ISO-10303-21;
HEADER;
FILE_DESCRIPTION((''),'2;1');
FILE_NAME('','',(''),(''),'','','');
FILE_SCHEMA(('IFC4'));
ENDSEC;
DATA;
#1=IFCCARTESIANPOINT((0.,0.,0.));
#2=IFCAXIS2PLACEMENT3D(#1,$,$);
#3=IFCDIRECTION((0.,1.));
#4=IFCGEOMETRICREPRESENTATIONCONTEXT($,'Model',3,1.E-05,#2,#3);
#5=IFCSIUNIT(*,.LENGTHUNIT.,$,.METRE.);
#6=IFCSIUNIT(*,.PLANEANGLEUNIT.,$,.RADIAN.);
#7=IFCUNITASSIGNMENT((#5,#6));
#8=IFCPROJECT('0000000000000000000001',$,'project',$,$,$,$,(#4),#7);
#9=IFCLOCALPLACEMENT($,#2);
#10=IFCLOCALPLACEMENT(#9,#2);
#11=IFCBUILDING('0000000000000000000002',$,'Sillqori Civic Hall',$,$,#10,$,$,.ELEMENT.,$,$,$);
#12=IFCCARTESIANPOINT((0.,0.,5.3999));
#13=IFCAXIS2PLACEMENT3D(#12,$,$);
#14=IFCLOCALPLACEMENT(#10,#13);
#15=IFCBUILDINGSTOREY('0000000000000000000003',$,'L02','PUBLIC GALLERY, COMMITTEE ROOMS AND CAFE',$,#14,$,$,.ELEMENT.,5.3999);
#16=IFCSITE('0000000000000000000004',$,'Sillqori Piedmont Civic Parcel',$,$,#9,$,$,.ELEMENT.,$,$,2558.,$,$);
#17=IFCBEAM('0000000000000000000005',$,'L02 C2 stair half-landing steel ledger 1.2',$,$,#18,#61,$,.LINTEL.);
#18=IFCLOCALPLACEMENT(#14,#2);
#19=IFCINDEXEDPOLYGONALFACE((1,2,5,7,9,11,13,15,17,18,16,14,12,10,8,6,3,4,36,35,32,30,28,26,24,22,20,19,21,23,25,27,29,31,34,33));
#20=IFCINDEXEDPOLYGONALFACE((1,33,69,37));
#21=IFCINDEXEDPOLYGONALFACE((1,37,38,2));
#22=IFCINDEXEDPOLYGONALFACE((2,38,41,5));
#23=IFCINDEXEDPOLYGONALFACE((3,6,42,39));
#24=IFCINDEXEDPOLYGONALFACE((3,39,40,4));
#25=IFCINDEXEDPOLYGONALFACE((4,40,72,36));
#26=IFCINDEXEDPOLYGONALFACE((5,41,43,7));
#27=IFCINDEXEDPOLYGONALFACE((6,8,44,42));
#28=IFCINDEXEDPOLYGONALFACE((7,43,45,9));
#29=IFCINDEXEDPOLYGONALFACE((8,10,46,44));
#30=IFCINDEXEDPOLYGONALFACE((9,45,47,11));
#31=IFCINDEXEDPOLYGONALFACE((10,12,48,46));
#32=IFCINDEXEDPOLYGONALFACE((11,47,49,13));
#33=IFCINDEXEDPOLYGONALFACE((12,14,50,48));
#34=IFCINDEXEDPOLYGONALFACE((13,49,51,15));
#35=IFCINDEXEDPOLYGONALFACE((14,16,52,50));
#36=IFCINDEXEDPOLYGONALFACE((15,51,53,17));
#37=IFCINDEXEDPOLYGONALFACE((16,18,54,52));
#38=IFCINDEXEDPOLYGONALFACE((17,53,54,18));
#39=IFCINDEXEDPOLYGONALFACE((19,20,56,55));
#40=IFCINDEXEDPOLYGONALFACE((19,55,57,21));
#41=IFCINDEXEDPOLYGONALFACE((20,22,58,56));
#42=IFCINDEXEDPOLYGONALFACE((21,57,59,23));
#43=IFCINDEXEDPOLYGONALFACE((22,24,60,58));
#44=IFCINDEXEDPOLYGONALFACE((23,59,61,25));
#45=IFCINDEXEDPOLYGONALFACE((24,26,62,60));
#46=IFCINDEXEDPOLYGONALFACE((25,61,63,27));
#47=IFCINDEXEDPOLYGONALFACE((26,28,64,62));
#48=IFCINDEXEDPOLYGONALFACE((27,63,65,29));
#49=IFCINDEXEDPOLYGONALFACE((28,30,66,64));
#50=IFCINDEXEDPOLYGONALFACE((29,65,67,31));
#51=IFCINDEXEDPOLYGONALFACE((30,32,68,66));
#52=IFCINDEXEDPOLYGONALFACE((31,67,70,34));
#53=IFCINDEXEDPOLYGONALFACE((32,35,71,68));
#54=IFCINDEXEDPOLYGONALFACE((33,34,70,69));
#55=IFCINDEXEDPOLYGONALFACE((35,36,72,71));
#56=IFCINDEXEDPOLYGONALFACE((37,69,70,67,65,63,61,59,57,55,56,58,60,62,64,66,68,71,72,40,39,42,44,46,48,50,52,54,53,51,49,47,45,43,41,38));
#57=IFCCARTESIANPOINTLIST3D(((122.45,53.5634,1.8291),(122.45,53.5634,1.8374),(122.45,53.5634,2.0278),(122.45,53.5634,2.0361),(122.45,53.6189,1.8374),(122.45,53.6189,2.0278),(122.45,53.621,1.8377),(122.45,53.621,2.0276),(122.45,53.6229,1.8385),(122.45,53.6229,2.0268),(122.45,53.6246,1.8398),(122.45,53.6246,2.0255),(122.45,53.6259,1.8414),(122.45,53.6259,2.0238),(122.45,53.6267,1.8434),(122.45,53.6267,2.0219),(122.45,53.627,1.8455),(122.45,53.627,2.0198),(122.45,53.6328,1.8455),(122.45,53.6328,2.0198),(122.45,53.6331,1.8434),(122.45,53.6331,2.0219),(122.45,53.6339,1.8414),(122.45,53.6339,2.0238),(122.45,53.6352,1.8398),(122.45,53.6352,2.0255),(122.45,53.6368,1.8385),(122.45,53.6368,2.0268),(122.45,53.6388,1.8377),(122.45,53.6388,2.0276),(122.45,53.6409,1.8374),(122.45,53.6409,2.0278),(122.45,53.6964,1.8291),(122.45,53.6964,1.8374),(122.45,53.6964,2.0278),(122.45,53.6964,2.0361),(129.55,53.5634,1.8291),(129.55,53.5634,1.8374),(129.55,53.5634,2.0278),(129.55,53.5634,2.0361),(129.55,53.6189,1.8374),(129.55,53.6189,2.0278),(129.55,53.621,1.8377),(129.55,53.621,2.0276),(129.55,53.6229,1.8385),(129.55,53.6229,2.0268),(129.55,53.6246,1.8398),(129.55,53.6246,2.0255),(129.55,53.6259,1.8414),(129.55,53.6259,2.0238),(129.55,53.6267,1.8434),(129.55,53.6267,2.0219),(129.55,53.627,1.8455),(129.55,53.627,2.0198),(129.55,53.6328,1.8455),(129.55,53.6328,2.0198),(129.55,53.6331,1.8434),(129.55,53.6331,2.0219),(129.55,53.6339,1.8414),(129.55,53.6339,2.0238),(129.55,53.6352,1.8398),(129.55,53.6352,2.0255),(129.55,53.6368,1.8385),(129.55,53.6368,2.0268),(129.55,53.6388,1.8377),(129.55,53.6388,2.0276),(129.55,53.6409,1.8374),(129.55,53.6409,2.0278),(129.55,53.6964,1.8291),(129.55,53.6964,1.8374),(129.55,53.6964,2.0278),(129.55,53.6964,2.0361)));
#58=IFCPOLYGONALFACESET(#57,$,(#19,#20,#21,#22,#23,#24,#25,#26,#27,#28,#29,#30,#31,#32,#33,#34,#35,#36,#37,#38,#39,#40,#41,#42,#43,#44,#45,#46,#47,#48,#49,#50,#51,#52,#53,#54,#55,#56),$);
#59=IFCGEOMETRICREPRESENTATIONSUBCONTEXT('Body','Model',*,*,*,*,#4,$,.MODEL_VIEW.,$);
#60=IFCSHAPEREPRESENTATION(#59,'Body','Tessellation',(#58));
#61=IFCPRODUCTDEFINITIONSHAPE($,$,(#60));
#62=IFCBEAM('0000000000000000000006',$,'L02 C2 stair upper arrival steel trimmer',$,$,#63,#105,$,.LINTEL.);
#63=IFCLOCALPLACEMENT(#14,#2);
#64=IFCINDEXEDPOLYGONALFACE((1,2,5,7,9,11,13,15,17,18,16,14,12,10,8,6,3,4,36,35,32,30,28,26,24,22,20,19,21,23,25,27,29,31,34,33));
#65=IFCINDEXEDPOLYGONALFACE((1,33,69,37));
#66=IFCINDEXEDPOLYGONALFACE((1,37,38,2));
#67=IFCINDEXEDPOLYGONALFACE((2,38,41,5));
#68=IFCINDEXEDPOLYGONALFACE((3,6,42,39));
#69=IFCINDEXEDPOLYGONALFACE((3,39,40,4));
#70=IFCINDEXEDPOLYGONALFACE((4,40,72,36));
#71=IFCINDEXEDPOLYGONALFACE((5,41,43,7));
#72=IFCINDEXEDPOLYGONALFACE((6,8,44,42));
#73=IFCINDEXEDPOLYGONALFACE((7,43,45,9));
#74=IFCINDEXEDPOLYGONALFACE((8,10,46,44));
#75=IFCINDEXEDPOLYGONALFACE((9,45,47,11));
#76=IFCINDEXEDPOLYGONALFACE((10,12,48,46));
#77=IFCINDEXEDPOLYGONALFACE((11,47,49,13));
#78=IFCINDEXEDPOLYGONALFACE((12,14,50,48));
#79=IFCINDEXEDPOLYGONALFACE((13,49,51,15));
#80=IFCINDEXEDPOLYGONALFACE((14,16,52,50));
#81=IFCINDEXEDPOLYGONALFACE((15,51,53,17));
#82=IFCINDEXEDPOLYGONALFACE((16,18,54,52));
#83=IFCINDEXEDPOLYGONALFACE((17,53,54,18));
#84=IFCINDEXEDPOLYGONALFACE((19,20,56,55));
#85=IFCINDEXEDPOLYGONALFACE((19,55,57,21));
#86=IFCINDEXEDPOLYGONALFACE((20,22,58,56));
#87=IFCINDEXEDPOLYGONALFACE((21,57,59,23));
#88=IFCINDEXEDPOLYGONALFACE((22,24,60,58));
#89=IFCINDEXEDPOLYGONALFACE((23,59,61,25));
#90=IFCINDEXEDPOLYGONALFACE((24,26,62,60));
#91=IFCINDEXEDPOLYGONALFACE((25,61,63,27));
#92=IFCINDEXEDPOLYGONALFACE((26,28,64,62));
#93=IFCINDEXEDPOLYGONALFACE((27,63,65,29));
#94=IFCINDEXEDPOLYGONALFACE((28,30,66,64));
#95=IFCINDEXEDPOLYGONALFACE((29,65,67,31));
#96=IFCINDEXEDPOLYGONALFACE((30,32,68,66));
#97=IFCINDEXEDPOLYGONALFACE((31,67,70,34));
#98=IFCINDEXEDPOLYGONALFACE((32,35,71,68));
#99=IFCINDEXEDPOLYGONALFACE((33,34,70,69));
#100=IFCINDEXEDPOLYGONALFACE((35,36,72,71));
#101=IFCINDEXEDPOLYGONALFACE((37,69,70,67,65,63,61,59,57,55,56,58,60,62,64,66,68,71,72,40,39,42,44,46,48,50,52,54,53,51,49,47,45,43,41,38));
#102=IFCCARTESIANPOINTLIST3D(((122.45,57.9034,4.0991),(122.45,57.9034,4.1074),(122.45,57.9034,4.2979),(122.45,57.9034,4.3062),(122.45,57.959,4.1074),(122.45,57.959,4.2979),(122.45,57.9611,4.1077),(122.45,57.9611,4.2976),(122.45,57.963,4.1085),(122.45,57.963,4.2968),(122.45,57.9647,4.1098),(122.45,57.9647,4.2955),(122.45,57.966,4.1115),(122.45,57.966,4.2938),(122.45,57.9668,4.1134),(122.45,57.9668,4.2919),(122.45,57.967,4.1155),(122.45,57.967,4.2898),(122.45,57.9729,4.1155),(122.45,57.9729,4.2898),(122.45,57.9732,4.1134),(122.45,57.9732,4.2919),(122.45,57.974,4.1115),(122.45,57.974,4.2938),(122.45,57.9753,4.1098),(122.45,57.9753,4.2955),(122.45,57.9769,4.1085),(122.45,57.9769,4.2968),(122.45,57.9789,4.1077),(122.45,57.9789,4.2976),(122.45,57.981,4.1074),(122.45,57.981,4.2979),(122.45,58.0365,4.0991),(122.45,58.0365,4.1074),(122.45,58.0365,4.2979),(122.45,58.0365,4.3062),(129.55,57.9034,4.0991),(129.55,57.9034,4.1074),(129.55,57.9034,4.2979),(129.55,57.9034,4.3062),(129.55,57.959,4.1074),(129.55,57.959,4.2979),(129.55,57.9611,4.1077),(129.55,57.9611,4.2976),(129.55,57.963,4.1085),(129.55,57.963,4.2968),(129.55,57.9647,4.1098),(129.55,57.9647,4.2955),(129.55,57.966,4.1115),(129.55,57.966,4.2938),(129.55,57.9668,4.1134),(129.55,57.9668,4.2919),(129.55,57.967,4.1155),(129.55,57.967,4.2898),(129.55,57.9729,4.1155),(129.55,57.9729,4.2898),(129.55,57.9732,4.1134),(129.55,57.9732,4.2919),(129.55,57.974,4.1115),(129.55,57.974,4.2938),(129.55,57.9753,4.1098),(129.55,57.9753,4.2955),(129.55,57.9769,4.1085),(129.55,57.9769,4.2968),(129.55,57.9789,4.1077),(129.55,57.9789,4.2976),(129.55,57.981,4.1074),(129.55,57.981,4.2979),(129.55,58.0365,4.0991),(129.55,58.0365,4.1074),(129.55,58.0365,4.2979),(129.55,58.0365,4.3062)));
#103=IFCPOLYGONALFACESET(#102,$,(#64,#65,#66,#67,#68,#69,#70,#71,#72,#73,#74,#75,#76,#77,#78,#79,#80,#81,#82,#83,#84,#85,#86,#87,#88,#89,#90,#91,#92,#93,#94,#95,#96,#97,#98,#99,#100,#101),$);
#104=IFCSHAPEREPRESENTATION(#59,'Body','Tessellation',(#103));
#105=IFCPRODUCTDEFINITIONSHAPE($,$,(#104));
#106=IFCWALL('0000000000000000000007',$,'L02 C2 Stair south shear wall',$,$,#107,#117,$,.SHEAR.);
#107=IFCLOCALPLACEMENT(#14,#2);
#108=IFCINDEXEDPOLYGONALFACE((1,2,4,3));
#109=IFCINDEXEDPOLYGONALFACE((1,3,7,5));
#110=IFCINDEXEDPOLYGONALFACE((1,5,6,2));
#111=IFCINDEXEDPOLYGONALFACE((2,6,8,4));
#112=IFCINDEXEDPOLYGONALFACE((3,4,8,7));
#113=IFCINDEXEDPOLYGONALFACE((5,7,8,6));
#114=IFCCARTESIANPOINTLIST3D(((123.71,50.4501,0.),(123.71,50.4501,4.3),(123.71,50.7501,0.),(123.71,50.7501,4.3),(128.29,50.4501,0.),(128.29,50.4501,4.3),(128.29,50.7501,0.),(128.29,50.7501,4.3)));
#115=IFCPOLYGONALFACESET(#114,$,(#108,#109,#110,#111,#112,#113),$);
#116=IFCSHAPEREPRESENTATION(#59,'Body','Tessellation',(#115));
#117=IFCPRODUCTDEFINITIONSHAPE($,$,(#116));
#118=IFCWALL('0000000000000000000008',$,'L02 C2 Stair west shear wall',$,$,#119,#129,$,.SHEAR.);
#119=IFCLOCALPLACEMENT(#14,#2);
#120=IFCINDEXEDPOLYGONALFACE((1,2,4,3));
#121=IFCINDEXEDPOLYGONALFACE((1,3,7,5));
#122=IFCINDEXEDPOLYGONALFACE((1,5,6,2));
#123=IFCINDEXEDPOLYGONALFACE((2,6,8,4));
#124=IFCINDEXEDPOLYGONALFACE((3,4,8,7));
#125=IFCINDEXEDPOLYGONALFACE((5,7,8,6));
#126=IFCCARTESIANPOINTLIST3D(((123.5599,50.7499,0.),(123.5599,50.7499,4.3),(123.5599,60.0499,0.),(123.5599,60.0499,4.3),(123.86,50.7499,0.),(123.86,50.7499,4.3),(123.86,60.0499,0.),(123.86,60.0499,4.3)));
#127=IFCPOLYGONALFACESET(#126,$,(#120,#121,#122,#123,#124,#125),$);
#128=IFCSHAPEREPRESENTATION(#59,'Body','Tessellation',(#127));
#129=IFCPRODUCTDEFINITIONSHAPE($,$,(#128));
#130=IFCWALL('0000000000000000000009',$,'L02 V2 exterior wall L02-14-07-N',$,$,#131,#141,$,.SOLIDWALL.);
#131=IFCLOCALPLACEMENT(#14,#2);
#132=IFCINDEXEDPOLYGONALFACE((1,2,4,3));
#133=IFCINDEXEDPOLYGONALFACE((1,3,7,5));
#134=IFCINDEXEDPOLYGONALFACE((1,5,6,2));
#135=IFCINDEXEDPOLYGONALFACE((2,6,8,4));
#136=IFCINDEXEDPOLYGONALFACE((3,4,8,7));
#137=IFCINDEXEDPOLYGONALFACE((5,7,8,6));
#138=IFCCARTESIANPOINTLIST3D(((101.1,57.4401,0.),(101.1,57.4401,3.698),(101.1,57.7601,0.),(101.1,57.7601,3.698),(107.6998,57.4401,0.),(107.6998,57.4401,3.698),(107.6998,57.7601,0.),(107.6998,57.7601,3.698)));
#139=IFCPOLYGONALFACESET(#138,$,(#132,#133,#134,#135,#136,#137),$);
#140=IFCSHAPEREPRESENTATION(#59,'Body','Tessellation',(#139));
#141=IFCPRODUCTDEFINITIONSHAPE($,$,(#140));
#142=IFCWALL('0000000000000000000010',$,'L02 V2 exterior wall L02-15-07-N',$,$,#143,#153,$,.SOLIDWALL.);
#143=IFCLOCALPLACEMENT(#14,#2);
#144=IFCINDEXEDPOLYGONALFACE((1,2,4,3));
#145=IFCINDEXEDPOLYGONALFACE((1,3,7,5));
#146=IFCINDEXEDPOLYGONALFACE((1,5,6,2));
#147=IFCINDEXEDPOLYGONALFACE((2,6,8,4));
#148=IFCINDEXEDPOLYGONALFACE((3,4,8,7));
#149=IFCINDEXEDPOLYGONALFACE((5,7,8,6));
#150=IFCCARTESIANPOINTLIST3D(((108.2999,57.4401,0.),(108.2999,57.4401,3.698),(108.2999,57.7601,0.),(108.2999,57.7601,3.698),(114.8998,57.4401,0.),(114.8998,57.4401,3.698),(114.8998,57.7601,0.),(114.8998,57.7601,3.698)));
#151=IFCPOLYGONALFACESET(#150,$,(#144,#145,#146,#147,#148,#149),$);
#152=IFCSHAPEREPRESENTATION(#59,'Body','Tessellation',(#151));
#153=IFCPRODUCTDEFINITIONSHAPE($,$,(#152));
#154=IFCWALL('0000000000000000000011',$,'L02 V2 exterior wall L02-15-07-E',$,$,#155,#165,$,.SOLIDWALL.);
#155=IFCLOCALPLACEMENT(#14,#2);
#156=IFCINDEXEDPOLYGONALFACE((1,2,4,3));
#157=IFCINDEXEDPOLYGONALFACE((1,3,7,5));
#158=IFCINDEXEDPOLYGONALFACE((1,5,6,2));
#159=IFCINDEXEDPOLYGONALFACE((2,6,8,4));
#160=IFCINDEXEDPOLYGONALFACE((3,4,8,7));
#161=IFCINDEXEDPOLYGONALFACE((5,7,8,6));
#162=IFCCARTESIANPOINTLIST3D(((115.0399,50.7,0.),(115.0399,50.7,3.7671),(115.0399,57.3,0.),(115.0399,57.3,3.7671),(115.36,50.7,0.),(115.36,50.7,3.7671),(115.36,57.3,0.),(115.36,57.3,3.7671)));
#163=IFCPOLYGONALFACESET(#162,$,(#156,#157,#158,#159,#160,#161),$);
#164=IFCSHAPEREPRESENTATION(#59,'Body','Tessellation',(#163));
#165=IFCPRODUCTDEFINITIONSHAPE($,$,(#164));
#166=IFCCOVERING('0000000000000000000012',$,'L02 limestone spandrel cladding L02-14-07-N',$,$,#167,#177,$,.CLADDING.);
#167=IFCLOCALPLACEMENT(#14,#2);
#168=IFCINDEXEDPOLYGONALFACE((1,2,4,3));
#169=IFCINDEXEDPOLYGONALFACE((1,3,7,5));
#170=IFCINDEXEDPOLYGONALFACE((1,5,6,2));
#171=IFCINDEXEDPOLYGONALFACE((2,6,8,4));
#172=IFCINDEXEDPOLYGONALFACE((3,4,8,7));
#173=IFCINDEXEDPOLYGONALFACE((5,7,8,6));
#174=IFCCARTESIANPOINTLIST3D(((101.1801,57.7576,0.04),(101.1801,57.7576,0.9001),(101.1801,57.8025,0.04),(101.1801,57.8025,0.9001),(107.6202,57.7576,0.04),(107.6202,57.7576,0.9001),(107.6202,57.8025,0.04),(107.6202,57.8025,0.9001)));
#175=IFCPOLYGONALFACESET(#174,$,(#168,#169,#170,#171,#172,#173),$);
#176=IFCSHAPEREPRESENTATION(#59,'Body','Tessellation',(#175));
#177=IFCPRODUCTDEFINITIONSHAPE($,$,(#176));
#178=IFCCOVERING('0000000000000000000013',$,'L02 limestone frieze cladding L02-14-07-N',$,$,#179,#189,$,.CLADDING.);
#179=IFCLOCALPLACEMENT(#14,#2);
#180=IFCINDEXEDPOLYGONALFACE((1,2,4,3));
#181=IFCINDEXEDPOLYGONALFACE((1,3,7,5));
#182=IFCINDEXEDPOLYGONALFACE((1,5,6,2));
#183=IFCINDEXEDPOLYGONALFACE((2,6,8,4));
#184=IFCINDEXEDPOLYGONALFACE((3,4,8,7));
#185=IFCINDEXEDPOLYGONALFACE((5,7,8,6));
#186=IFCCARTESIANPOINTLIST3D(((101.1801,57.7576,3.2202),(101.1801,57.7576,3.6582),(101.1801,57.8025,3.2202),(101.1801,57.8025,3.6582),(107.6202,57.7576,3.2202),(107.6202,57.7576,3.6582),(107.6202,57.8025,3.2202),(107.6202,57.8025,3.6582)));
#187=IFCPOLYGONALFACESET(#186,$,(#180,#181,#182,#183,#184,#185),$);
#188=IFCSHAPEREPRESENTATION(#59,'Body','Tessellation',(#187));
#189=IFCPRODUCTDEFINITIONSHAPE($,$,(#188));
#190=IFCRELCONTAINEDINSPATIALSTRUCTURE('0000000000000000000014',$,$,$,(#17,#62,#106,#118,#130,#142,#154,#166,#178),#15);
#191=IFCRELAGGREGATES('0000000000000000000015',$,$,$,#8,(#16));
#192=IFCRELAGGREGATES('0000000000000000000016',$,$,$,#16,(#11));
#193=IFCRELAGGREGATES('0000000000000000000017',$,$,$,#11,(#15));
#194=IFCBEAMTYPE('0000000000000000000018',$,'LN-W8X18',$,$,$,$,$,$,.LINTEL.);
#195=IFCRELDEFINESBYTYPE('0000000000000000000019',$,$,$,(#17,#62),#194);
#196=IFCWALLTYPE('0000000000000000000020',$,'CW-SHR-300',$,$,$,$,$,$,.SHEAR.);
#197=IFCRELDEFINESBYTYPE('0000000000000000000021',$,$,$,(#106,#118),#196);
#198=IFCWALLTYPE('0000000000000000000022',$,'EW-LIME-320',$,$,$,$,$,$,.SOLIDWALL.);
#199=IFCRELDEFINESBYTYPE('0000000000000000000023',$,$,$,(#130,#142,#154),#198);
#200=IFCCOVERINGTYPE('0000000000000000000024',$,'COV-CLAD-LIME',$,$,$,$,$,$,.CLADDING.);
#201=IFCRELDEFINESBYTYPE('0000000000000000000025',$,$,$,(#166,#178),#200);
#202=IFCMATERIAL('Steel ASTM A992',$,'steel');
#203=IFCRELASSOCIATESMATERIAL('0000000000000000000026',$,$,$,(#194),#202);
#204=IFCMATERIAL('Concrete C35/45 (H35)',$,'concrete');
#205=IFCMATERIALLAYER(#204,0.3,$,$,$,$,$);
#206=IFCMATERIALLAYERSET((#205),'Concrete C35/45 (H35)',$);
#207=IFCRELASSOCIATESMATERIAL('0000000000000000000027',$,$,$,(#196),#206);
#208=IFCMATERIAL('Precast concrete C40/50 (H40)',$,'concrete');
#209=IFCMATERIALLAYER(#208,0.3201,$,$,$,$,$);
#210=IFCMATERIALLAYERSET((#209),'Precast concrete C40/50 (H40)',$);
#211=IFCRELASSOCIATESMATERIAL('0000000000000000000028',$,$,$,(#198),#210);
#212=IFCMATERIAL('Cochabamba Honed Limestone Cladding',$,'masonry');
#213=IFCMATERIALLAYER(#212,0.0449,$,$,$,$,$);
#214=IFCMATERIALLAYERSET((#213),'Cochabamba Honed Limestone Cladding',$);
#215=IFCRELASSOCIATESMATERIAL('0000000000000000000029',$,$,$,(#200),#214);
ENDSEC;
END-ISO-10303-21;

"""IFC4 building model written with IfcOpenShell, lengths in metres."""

from ifc_helpers import new_model, si_unit, direction, frame, frame_2d, origin, origin_2d, place, context, subcontext, project, spatial, rectangle, i_section, extrude, material, layer, layer_set, material_profile, profile_set, type_object, element, save


model = new_model("IFC4")

# Units and contexts
model_context = context("Model", 3, precision=1e-05, world=origin(), true_north=direction((0.0, 1.0)))
body_context = subcontext(model_context, "Body", "Model", "MODEL_VIEW")
ifc_project = project(units=[si_unit("LENGTHUNIT", "METRE"), si_unit("PLANEANGLEUNIT", "RADIAN")], contexts=[model_context])

# Site, building, storey
site_placement = place(None, origin())
site = spatial("IfcSite", under=ifc_project, at=site_placement, Name="Sillqori Piedmont Civic Parcel", CompositionType="ELEMENT", RefElevation=2558.0)
building_placement = place(site_placement, origin())
building = spatial("IfcBuilding", under=site, at=building_placement, Name="Sillqori Civic Hall", CompositionType="ELEMENT")
storey_placement = place(building_placement, frame((0.0, 0.0, 5.3999)))
storey = spatial("IfcBuildingStorey", under=building, at=storey_placement, Name="L02", Description="PUBLIC GALLERY, COMMITTEE ROOMS AND CAFE", CompositionType="ELEMENT", Elevation=5.3999)

# Shared definitions
ifc_material_1 = material(Name="Concrete C35/45 (H35)", Category="concrete")

# Beams
ifc_material_2 = material(Name="Steel ASTM A992", Category="steel")
ifc_material_profile_1 = material_profile(ifc_material_2, i_section(OverallWidth=0.1331, OverallDepth=0.207, WebThickness=0.0059, FlangeThickness=0.0083, FilletRadius=0.0081, at=origin_2d()), Name="W8X18")
ifc_profile_set_1 = profile_set([ifc_material_profile_1], Name="Steel ASTM A992")
beam_type_1 = type_object("IfcBeamType", Name="LN-W8X18", PredefinedType="LINTEL", material=ifc_profile_set_1)
for number, where, z_axis, x_axis, name in (
    (1, (122.45, 53.6299, 1.9326), (1.0, 0.0, 0.0), (0.0, 1.0, 0.0), "L02 C2 stair half-landing steel ledger 1.2"),
    (2, (122.45, 57.97, 4.2026), (1.0, 0.0, 0.0), (0.0, 1.0, 0.0), "L02 C2 stair upper arrival steel trimmer"),
):
    element("IfcBeam", number, at=place(storey_placement, frame(where, z_axis=z_axis, x_axis=x_axis)), inside=storey, type_object=beam_type_1, Name=name, PredefinedType="LINTEL", context=body_context, shape_type="SweptSolid", body=[
        extrude(i_section(OverallWidth=0.1331, OverallDepth=0.207, WebThickness=0.0059, FlangeThickness=0.0083, FilletRadius=0.0081, at=origin_2d()), origin(), (0.0, 0.0, 1.0), 7.1001),
    ])

# Walls
ifc_layer_1 = layer(ifc_material_1, 0.3)
ifc_layer_set_1 = layer_set([ifc_layer_1], Name="Concrete C35/45 (H35)")
wall_type_1 = type_object("IfcWallType", Name="CW-SHR-300", PredefinedType="SHEAR", material=ifc_layer_set_1)
wall_1_placement = place(storey_placement, frame((123.71, 50.6001, 0.0), z_axis=(0.0, 0.0, 1.0), x_axis=(1.0, 0.0, 0.0)))
element("IfcWall", 3, at=wall_1_placement, inside=storey, type_object=wall_type_1, Name="L02 C2 Stair south shear wall", PredefinedType="SHEAR", context=body_context, shape_type="SweptSolid", body=[
    extrude(rectangle(XDim=4.5801, YDim=0.3, at=frame_2d((2.29, 0.0))), origin(), (0.0, 0.0, 1.0), 4.3),
])
wall_2_placement = place(storey_placement, frame((123.71, 50.75, 0.0), z_axis=(0.0, 0.0, 1.0), x_axis=(0.0, 1.0, 0.0)))
element("IfcWall", 4, at=wall_2_placement, inside=storey, type_object=wall_type_1, Name="L02 C2 Stair west shear wall", PredefinedType="SHEAR", context=body_context, shape_type="SweptSolid", body=[
    extrude(rectangle(XDim=9.3, YDim=0.3, at=frame_2d((4.6499, 0.0))), origin(), (0.0, 0.0, 1.0), 4.3),
])
ifc_material_3 = material(Name="Precast concrete C40/50 (H40)", Category="concrete")
ifc_layer_2 = layer(ifc_material_3, 0.3201)
ifc_layer_set_2 = layer_set([ifc_layer_2], Name="Precast concrete C40/50 (H40)")
wall_type_2 = type_object("IfcWallType", Name="EW-LIME-320", PredefinedType="SOLIDWALL", material=ifc_layer_set_2)
for number, where, z_axis, x_axis, name in (
    (5, (101.1001, 57.6001, 0.0), (0.0, 0.0, 1.0), (1.0, 0.0, 0.0), "L02 V2 exterior wall L02-14-07-N"),
    (6, (108.3, 57.6001, 0.0), (0.0, 0.0, 1.0), (1.0, 0.0, 0.0), "L02 V2 exterior wall L02-15-07-N"),
):
    element("IfcWall", number, at=place(storey_placement, frame(where, z_axis=z_axis, x_axis=x_axis)), inside=storey, type_object=wall_type_2, Name=name, PredefinedType="SOLIDWALL", context=body_context, shape_type="SweptSolid", body=[
        extrude(rectangle(XDim=6.5999, YDim=0.3201, at=frame_2d((3.2998, 0.0))), origin(), (0.0, 0.0, 1.0), 3.698),
    ])
wall_3_placement = place(storey_placement, frame((115.2, 57.3, 0.0), z_axis=(0.0, 0.0, 1.0), x_axis=(0.0, -1.0, 0.0)))
element("IfcWall", 7, at=wall_3_placement, inside=storey, type_object=wall_type_2, Name="L02 V2 exterior wall L02-15-07-E", PredefinedType="SOLIDWALL", context=body_context, shape_type="SweptSolid", body=[
    extrude(rectangle(XDim=6.6001, YDim=0.3201, at=frame_2d((3.3, 0.0))), origin(), (0.0, 0.0, 1.0), 3.7671),
])

# Coverings
ifc_material_4 = material(Name="Cochabamba Honed Limestone Cladding", Category="masonry")
ifc_layer_3 = layer(ifc_material_4, 0.0449)
ifc_layer_set_3 = layer_set([ifc_layer_3], Name="Cochabamba Honed Limestone Cladding")
covering_type = type_object("IfcCoveringType", Name="COV-CLAD-LIME", PredefinedType="CLADDING", material=ifc_layer_set_3)
covering_1_placement = place(storey_placement, frame((101.1799, 57.78, 0.04), z_axis=(0.0, 0.0, 1.0), x_axis=(1.0, 0.0, 0.0)))
element("IfcCovering", 8, at=covering_1_placement, inside=storey, type_object=covering_type, Name="L02 limestone spandrel cladding L02-14-07-N", PredefinedType="CLADDING", context=body_context, shape_type="SweptSolid", body=[
    extrude(rectangle(XDim=6.4402, YDim=0.0449, at=frame_2d((3.2202, 0.0))), origin(), (0.0, 0.0, 1.0), 0.8601),
])
covering_2_placement = place(storey_placement, frame((101.1799, 57.78, 3.2202), z_axis=(0.0, 0.0, 1.0), x_axis=(1.0, 0.0, 0.0)))
element("IfcCovering", 9, at=covering_2_placement, inside=storey, type_object=covering_type, Name="L02 limestone frieze cladding L02-14-07-N", PredefinedType="CLADDING", context=body_context, shape_type="SweptSolid", body=[
    extrude(rectangle(XDim=6.4402, YDim=0.0449, at=frame_2d((3.2202, 0.0))), origin(), (0.0, 0.0, 1.0), 0.438),
])

save(model, "model.ifc")
